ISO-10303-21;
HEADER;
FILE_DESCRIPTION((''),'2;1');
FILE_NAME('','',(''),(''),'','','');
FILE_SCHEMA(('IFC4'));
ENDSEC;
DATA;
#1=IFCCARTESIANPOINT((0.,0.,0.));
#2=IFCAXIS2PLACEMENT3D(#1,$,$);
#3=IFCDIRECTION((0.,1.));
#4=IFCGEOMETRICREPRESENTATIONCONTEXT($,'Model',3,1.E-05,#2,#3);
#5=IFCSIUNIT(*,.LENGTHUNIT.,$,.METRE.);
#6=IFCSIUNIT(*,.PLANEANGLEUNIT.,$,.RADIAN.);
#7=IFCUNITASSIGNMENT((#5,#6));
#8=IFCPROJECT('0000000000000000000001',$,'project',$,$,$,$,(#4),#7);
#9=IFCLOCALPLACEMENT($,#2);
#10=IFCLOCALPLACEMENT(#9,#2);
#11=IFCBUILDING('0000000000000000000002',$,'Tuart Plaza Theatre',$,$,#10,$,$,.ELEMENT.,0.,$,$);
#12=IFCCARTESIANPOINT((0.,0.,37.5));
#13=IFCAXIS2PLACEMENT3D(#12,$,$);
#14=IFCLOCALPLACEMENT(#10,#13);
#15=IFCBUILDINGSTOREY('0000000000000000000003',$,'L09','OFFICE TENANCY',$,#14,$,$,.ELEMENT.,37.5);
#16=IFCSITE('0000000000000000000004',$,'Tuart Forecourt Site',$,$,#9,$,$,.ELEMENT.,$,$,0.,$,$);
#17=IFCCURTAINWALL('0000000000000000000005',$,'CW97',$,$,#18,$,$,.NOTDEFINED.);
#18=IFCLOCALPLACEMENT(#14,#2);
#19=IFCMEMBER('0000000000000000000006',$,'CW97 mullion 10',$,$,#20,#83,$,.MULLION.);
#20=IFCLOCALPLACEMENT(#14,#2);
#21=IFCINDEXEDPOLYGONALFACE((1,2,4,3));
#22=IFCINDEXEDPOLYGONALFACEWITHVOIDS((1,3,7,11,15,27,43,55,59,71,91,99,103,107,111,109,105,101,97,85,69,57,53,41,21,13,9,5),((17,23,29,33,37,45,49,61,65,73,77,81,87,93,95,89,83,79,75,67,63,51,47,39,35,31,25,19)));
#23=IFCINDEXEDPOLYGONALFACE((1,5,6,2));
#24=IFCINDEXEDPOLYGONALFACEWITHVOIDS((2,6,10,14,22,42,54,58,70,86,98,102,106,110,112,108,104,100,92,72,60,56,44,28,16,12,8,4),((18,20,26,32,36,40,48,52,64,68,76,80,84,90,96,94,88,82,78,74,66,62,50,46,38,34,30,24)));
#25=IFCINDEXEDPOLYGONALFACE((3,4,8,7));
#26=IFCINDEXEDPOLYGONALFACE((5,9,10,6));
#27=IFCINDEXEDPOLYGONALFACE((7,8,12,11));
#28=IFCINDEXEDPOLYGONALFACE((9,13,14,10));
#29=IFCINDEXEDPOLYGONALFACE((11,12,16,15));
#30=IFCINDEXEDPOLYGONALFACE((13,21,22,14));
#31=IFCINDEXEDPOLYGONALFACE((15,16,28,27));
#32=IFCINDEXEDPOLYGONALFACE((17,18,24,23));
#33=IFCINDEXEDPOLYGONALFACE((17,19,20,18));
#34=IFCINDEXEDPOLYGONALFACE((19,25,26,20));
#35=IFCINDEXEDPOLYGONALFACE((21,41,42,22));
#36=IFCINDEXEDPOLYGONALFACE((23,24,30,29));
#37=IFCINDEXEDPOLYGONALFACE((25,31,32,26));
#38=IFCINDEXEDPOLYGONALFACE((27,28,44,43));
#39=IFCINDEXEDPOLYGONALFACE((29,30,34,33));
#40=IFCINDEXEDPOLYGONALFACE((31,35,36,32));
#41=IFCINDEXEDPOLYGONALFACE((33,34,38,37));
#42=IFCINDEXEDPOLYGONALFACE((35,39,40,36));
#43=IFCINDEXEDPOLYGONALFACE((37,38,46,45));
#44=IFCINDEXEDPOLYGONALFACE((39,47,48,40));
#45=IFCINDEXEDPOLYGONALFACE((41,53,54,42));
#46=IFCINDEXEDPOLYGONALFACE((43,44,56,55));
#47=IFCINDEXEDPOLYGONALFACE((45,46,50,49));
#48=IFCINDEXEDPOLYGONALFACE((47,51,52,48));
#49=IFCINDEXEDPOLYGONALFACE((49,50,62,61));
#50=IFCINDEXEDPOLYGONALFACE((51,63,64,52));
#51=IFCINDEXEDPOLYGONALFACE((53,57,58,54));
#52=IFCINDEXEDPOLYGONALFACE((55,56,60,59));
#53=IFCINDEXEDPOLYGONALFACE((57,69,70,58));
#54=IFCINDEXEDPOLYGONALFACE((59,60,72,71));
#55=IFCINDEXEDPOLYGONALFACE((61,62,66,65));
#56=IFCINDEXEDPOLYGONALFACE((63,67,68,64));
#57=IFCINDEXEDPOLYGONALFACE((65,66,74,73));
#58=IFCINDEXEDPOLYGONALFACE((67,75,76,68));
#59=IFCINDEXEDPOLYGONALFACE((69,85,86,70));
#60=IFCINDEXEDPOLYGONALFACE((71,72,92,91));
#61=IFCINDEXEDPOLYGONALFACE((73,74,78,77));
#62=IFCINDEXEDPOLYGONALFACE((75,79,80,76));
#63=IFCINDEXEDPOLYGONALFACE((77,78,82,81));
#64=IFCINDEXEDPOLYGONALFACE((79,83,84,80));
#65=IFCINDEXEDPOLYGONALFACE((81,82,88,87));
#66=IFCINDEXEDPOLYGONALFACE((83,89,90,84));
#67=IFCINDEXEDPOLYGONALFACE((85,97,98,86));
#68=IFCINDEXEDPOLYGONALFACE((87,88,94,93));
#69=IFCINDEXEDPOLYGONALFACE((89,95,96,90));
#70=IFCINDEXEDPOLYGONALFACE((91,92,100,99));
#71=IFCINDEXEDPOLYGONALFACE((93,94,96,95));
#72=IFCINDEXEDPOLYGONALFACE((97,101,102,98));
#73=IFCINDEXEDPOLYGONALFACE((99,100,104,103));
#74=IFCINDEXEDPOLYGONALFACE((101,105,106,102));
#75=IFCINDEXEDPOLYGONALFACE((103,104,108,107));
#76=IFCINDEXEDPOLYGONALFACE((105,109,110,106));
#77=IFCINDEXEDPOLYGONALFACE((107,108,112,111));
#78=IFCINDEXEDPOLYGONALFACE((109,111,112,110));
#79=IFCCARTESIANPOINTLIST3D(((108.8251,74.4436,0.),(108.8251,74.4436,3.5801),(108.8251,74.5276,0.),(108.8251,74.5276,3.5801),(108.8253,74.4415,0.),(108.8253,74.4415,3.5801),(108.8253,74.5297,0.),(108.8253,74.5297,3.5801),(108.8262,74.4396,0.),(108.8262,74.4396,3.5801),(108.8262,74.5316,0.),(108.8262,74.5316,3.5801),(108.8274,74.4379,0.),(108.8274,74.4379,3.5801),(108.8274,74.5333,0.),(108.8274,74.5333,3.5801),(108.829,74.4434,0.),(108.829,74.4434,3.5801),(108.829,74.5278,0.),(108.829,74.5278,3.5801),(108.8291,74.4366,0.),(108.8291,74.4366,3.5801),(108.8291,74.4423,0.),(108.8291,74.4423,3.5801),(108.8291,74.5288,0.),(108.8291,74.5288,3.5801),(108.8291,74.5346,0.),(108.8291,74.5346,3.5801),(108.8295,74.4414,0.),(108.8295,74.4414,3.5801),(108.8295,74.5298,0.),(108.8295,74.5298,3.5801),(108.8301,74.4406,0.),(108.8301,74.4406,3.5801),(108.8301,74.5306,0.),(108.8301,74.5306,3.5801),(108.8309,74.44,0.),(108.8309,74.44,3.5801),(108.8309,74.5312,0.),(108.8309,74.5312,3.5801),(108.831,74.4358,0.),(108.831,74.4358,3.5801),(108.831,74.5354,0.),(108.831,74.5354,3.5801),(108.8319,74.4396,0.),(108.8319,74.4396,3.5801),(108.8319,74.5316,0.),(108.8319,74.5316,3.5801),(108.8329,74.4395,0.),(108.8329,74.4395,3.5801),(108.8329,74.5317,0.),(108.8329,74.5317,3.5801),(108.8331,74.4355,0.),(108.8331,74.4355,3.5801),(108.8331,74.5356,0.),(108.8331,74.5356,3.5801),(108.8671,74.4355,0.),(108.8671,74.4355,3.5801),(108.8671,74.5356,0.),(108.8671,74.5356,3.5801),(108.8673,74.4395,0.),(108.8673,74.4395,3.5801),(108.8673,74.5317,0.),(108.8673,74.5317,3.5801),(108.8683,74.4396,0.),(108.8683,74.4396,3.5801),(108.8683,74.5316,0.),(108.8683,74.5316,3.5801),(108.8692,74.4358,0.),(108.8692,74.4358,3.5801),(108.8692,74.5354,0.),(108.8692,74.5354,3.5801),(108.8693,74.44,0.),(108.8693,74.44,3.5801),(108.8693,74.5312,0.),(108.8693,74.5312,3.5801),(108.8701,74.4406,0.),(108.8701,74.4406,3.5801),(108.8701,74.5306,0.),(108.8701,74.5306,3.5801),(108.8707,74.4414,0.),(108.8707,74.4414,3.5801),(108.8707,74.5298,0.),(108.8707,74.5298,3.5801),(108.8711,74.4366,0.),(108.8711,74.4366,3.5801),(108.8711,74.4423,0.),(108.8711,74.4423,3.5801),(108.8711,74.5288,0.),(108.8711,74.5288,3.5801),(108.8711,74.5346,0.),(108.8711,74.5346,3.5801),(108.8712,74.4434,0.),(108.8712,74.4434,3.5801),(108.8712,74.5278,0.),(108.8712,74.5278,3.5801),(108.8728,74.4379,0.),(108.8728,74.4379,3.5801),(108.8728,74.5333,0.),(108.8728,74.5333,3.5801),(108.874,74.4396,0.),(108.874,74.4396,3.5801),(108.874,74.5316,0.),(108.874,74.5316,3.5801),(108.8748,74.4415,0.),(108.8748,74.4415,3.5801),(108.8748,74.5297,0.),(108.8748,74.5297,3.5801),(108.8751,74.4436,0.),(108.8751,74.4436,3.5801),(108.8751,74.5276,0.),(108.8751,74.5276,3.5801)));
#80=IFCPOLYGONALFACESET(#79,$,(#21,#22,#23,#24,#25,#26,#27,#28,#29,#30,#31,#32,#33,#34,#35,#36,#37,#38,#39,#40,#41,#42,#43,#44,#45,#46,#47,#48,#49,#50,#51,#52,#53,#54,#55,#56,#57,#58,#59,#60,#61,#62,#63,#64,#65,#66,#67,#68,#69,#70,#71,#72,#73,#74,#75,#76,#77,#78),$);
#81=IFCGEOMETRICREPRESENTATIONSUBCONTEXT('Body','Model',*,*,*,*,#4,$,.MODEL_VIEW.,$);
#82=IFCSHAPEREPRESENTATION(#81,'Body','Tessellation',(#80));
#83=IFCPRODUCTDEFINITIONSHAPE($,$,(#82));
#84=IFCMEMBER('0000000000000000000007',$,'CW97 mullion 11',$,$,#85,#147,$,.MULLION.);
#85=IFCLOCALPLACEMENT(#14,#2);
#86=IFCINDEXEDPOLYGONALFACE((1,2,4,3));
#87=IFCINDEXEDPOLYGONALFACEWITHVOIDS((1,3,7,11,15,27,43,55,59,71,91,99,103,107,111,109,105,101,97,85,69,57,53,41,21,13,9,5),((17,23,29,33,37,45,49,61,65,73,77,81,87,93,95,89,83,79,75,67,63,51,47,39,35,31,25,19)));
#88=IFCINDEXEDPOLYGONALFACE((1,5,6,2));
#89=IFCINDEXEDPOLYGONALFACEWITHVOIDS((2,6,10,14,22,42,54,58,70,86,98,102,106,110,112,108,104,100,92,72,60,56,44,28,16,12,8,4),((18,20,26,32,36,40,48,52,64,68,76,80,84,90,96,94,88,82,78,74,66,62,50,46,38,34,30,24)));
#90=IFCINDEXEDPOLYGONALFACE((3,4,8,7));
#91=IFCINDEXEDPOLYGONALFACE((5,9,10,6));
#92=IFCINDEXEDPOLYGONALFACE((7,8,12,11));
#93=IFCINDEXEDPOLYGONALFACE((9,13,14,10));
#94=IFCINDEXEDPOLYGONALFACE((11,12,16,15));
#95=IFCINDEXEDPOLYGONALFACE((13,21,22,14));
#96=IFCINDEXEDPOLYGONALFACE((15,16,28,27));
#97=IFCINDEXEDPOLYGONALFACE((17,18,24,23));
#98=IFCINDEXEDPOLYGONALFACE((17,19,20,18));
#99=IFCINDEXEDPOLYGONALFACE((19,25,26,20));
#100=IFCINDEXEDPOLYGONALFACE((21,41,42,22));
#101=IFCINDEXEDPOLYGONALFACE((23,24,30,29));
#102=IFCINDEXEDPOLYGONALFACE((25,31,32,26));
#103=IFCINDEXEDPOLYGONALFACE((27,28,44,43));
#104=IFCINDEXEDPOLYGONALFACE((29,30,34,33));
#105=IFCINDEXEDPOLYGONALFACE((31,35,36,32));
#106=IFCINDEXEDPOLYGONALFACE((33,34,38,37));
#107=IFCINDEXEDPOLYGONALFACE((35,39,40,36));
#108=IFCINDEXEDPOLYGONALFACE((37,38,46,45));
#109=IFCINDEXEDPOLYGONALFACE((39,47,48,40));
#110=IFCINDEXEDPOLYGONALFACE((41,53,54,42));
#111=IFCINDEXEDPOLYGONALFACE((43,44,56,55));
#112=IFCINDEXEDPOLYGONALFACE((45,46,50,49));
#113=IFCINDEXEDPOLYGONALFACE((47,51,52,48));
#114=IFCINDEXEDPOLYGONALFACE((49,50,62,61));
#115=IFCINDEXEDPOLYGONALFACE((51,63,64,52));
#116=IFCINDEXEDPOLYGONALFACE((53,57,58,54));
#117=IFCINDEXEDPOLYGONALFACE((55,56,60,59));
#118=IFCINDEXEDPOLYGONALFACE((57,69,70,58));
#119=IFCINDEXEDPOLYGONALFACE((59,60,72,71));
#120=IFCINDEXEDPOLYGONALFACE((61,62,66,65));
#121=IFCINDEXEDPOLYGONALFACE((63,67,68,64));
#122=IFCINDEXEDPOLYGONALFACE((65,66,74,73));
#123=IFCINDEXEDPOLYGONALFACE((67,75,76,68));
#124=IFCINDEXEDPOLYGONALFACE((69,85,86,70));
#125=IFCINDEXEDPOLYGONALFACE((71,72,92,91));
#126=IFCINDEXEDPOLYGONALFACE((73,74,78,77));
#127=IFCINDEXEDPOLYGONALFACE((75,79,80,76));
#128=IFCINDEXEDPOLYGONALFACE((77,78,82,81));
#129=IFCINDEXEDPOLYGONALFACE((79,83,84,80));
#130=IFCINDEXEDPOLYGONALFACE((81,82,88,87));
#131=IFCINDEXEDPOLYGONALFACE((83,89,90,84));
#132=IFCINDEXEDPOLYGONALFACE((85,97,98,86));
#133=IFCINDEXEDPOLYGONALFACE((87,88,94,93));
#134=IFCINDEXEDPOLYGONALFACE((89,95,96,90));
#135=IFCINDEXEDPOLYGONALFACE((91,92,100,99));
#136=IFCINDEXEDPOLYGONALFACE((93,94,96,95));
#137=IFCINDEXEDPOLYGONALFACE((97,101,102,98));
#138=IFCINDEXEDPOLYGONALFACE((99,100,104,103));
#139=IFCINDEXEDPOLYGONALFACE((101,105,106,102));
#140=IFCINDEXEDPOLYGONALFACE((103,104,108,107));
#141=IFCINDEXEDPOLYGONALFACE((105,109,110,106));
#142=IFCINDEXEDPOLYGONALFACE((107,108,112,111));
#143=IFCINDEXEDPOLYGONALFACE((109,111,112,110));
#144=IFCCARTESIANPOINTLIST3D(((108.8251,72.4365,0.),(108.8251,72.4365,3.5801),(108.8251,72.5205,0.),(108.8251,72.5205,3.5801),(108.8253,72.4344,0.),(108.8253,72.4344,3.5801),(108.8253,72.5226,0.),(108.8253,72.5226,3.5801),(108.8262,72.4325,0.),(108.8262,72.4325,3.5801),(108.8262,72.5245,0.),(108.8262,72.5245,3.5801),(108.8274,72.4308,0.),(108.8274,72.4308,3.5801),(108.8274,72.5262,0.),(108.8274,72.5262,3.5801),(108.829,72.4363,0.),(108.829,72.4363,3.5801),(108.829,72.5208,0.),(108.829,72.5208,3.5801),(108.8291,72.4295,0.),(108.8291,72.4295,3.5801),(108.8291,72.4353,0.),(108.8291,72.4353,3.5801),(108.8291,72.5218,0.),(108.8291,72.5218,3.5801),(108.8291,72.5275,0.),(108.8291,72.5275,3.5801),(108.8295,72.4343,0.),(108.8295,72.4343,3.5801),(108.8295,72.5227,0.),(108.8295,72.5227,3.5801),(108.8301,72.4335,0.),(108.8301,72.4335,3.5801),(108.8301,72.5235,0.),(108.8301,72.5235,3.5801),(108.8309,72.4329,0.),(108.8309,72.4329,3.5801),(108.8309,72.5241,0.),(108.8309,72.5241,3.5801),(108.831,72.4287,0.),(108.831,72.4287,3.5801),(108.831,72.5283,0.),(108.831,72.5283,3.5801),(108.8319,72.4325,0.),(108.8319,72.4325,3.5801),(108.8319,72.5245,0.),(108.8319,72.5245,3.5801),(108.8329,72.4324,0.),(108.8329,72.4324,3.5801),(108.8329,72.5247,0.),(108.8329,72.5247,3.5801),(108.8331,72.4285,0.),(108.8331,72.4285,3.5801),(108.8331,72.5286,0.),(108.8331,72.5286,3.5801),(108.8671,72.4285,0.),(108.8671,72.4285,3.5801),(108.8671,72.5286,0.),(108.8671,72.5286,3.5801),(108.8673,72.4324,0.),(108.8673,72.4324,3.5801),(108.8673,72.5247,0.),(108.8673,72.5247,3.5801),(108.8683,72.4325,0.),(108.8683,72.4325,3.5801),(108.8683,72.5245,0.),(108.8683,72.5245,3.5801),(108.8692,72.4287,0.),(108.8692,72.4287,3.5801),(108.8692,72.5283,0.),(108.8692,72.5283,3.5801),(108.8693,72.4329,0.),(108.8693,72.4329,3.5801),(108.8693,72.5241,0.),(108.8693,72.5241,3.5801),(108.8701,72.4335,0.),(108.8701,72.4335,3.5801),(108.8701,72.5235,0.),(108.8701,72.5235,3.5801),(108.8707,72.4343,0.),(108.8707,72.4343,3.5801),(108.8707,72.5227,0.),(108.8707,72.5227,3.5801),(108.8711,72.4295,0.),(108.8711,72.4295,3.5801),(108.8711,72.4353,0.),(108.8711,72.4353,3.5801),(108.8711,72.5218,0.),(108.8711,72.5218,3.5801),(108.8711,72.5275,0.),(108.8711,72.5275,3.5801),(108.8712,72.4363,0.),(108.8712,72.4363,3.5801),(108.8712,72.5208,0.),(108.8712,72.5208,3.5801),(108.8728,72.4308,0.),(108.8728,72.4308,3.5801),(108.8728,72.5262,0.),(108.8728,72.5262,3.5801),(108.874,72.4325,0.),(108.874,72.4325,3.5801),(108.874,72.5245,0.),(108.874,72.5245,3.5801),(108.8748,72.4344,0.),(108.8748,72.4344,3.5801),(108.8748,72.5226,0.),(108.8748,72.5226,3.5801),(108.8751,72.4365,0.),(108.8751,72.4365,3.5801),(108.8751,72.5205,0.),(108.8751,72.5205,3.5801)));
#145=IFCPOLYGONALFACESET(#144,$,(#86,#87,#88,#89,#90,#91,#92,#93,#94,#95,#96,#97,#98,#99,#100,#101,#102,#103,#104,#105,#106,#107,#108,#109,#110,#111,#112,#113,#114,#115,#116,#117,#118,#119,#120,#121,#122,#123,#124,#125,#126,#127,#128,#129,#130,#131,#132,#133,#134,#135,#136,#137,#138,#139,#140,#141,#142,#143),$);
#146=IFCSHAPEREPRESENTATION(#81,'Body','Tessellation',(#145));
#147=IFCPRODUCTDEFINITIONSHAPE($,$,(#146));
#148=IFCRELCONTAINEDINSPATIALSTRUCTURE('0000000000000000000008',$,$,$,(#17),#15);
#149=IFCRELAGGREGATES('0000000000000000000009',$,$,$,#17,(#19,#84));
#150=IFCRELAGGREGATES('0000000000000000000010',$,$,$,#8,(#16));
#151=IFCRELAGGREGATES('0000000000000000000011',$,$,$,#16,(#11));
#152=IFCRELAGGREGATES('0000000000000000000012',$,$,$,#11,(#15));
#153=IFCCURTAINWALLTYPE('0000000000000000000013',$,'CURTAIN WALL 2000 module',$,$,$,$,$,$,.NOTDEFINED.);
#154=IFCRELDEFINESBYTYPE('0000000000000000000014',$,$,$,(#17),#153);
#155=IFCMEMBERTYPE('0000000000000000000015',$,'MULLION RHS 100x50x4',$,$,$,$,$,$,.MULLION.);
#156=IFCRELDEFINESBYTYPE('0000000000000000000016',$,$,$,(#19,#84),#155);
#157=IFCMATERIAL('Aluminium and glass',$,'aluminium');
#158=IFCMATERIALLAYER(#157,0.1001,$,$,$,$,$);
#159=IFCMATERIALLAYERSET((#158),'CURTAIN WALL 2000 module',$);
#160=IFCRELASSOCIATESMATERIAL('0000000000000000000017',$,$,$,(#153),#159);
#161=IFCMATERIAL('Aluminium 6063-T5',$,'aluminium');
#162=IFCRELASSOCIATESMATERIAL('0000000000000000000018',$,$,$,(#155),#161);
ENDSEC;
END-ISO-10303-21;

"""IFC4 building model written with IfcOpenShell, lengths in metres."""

from ifc_helpers import new_model, si_unit, direction, frame, origin, origin_2d, place, context, subcontext, project, spatial, hollow_rectangle, extrude, material, layer, layer_set, material_profile, profile_set, type_object, element, aggregate, save


model = new_model("IFC4")

# Units and contexts
model_context = context("Model", 3, precision=1e-05, world=origin(), true_north=direction((0.0, 1.0)))
body_context = subcontext(model_context, "Body", "Model", "MODEL_VIEW")
ifc_project = project(units=[si_unit("LENGTHUNIT", "METRE"), si_unit("PLANEANGLEUNIT", "RADIAN")], contexts=[model_context])

# Site, building, storey
site_placement = place(None, origin())
site = spatial("IfcSite", under=ifc_project, at=site_placement, Name="Tuart Forecourt Site", CompositionType="ELEMENT", RefElevation=0.0)
building_placement = place(site_placement, origin())
building = spatial("IfcBuilding", under=site, at=building_placement, Name="Tuart Plaza Theatre", CompositionType="ELEMENT", ElevationOfRefHeight=0.0)
storey_placement = place(building_placement, frame((0.0, 0.0, 37.5)))
storey = spatial("IfcBuildingStorey", under=building, at=storey_placement, Name="L09", Description="OFFICE TENANCY", CompositionType="ELEMENT", Elevation=37.5)

# Curtain wall, members
ifc_material_1 = material(Name="Aluminium and glass", Category="aluminium")
ifc_layer_1 = layer(ifc_material_1, 0.1001)
ifc_layer_set_1 = layer_set([ifc_layer_1], Name="CURTAIN WALL 2000 module")
curtain_wall_type = type_object("IfcCurtainWallType", Name="CURTAIN WALL 2000 module", PredefinedType="NOTDEFINED", material=ifc_layer_set_1)
curtain_wall_placement = place(storey_placement, origin())
curtain_wall = element("IfcCurtainWall", 1, at=curtain_wall_placement, inside=storey, type_object=curtain_wall_type, Name="CW97", PredefinedType="NOTDEFINED")
ifc_material_2 = material(Name="Aluminium 6063-T5", Category="aluminium")
ifc_material_profile_1 = material_profile(ifc_material_2, hollow_rectangle(XDim=0.05, YDim=0.1001, WallThickness=0.0039, InnerFilletRadius=0.0039, OuterFilletRadius=0.0081, at=origin_2d()), Name="RHS 100x50x4")
ifc_profile_set_1 = profile_set([ifc_material_profile_1], Name="Aluminium 6063-T5")
member_type_1 = type_object("IfcMemberType", Name="MULLION RHS 100x50x4", PredefinedType="MULLION", material=ifc_profile_set_1)
member_1_placement = place(storey_placement, frame((108.8501, 74.4856, 0.0), z_axis=(0.0, 0.0, 1.0), x_axis=(1.0, 0.0, 0.0)))
member_1 = element("IfcMember", 2, at=member_1_placement, type_object=member_type_1, Name="CW97 mullion 10", PredefinedType="MULLION", context=body_context, shape_type="SweptSolid", body=[
    extrude(hollow_rectangle(XDim=0.05, YDim=0.1001, WallThickness=0.0039, InnerFilletRadius=0.0039, OuterFilletRadius=0.0081, at=origin_2d()), origin(), (0.0, 0.0, 1.0), 3.5801),
])
member_2_placement = place(storey_placement, frame((108.8501, 72.4785, 0.0), z_axis=(0.0, 0.0, 1.0), x_axis=(1.0, 0.0, 0.0)))
member_2 = element("IfcMember", 3, at=member_2_placement, type_object=member_type_1, Name="CW97 mullion 11", PredefinedType="MULLION", context=body_context, shape_type="SweptSolid", body=[
    extrude(hollow_rectangle(XDim=0.05, YDim=0.1001, WallThickness=0.0039, InnerFilletRadius=0.0039, OuterFilletRadius=0.0081, at=origin_2d()), origin(), (0.0, 0.0, 1.0), 3.5801),
])
aggregate(curtain_wall, [member_1, member_2])

save(model, "model.ifc")
